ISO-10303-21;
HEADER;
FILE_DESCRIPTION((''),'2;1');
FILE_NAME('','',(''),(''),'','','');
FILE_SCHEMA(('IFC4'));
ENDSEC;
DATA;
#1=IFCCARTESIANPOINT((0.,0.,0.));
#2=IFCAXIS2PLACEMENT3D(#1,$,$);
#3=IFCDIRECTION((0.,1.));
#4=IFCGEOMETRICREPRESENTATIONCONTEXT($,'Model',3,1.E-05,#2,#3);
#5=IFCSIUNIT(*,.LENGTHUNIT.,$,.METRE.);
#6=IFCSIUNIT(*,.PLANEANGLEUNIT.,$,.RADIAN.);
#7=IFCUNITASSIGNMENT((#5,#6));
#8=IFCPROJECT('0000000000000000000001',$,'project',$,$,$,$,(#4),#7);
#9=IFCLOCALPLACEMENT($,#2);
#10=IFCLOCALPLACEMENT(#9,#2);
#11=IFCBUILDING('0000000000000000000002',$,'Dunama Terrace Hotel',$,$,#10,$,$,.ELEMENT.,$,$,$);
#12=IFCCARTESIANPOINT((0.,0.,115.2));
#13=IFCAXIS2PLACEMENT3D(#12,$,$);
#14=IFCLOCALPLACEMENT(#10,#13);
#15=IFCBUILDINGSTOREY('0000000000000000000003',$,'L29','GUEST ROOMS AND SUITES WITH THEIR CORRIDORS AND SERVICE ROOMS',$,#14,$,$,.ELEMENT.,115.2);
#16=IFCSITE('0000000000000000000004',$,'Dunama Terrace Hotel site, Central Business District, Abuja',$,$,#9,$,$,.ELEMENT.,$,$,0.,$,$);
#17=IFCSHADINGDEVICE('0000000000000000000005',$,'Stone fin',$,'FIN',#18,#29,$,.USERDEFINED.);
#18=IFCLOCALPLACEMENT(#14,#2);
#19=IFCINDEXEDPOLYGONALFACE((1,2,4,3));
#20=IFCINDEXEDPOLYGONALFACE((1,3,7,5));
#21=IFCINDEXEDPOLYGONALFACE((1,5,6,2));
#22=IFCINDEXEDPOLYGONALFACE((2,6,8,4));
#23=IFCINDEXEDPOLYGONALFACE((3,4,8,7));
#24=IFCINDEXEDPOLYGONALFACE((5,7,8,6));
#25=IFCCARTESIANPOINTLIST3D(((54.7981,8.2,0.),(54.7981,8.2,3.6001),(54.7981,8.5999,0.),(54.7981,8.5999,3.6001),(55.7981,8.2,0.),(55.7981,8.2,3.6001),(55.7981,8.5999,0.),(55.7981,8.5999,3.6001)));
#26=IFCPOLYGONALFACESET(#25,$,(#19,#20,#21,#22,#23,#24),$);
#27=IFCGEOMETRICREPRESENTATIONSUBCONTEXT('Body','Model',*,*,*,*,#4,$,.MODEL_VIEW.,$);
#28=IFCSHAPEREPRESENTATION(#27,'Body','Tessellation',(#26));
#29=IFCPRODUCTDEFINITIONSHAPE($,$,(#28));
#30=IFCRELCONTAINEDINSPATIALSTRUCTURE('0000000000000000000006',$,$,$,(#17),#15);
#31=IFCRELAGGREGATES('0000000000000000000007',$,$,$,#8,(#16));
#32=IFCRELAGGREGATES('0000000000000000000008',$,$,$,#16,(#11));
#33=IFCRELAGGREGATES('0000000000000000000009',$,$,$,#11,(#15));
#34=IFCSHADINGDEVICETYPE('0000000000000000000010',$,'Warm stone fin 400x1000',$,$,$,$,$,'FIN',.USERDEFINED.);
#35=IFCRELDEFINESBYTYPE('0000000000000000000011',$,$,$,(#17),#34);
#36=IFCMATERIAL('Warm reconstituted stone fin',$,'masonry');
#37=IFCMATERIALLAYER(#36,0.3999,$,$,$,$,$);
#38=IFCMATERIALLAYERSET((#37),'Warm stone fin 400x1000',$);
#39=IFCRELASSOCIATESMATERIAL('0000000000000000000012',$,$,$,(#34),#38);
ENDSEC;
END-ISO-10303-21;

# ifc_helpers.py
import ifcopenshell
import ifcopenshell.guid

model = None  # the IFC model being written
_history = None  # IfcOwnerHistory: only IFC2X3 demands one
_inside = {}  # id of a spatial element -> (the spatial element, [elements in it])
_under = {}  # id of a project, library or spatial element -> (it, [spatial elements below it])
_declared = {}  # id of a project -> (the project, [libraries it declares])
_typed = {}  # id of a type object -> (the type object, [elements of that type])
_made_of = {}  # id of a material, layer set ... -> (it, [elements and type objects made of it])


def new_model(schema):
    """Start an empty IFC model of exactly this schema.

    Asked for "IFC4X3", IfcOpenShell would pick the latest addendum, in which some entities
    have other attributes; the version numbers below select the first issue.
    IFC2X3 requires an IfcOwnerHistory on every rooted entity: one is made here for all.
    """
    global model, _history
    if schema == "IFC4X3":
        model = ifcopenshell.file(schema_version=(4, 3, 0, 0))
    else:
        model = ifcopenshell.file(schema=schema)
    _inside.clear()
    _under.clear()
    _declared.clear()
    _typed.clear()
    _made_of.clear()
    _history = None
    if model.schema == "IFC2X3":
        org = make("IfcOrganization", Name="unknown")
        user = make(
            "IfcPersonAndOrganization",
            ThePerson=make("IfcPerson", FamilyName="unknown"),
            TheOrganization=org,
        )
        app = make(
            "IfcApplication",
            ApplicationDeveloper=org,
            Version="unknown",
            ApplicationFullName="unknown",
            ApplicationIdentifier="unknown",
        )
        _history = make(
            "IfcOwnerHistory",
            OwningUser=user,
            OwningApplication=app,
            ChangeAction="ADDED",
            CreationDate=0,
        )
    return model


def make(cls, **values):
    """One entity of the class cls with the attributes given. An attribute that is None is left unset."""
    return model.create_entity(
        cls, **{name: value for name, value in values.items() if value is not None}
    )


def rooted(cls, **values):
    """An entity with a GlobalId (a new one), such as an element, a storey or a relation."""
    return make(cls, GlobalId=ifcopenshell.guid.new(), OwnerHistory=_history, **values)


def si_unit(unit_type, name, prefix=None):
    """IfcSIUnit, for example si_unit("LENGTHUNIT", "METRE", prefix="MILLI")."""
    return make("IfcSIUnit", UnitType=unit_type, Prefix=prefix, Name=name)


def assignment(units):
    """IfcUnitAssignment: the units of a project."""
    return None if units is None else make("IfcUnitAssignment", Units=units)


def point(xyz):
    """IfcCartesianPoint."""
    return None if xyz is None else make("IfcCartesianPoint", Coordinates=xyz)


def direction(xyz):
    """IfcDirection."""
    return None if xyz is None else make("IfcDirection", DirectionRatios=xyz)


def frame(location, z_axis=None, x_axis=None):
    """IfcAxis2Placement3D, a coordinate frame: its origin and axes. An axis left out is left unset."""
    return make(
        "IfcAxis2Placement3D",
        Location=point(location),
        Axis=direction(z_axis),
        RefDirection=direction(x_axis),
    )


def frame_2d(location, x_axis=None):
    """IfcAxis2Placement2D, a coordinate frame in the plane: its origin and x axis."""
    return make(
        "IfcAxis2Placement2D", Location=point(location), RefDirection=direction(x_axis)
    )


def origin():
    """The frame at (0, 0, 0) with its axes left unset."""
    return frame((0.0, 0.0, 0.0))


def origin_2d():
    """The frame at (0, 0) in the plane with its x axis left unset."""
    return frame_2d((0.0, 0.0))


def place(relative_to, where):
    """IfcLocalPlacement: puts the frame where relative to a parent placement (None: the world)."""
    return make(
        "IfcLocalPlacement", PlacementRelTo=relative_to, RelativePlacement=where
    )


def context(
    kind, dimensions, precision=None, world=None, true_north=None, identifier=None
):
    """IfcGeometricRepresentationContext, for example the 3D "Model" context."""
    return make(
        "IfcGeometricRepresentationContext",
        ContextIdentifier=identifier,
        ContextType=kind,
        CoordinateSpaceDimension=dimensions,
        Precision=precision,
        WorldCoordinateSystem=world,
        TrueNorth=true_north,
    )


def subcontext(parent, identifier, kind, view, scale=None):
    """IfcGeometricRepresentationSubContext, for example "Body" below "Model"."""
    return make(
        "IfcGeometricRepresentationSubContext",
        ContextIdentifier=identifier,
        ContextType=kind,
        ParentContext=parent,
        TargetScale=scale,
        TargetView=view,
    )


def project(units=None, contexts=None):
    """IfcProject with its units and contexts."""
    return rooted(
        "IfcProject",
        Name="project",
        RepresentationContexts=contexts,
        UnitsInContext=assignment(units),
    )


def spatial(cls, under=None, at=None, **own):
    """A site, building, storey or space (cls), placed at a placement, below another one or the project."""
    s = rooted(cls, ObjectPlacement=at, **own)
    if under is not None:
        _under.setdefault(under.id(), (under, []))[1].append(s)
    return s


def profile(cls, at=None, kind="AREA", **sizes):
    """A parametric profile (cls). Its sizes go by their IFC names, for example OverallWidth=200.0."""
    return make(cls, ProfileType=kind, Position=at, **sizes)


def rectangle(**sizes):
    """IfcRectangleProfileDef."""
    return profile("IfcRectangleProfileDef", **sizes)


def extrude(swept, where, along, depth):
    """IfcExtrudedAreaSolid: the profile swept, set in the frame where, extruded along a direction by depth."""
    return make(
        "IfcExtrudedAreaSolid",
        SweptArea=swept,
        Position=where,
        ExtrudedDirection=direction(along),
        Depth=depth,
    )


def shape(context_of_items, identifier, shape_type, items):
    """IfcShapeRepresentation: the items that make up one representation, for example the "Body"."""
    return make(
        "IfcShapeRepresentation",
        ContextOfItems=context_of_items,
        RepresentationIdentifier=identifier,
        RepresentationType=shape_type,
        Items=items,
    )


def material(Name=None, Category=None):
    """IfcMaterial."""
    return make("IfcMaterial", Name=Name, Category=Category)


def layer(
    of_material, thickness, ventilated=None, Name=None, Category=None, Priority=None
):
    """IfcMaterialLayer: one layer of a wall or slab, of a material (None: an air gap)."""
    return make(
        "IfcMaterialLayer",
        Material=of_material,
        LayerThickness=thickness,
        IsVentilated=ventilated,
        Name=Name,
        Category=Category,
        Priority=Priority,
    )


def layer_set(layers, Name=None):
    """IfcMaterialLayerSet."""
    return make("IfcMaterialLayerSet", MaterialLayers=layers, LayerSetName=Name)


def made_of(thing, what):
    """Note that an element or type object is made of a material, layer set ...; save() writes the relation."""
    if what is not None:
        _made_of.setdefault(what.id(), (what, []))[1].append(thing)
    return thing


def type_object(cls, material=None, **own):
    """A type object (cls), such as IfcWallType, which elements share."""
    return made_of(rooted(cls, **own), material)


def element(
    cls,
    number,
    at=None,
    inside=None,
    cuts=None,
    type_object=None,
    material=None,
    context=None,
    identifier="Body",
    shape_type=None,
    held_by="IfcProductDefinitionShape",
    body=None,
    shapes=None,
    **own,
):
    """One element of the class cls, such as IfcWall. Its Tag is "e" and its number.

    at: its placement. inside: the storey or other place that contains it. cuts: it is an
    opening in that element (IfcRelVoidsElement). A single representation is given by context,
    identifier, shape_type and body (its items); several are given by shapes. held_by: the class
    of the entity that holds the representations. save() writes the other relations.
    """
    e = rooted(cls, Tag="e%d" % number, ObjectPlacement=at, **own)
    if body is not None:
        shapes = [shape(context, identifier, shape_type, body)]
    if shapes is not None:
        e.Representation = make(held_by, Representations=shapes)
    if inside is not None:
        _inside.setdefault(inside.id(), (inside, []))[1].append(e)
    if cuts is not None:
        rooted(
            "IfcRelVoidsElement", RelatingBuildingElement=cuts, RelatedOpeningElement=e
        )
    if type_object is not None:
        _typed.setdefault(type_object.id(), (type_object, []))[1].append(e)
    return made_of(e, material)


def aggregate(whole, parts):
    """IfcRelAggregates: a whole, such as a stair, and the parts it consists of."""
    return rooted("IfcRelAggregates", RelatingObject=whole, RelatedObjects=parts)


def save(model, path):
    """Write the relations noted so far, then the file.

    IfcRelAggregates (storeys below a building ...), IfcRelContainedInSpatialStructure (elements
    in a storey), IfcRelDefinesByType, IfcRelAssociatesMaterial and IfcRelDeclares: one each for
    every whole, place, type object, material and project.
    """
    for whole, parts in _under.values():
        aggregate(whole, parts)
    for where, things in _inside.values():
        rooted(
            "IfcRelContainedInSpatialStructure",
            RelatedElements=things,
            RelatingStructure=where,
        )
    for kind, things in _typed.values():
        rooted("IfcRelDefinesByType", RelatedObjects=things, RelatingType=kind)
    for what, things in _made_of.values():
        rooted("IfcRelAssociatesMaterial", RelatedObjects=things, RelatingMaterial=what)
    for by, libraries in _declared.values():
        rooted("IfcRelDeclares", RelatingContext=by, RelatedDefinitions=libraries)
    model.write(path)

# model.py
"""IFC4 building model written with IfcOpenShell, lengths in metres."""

from ifc_helpers import new_model, si_unit, direction, frame, origin, origin_2d, place, context, subcontext, project, spatial, rectangle, extrude, material, layer, layer_set, type_object, element, save


model = new_model("IFC4")

# Units and contexts
model_context = context("Model", 3, precision=1e-05, world=origin(), true_north=direction((0.0, 1.0)))
body_context = subcontext(model_context, "Body", "Model", "MODEL_VIEW")
ifc_project = project(units=[si_unit("LENGTHUNIT", "METRE"), si_unit("PLANEANGLEUNIT", "RADIAN")], contexts=[model_context])

# Site, building, storey
site_placement = place(None, origin())
site = spatial("IfcSite", under=ifc_project, at=site_placement, Name="Dunama Terrace Hotel site, Central Business District, Abuja", CompositionType="ELEMENT", RefElevation=0.0)
building_placement = place(site_placement, origin())
building = spatial("IfcBuilding", under=site, at=building_placement, Name="Dunama Terrace Hotel", CompositionType="ELEMENT")
storey_placement = place(building_placement, frame((0.0, 0.0, 115.2)))
storey = spatial("IfcBuildingStorey", under=building, at=storey_placement, Name="L29", Description="GUEST ROOMS AND SUITES WITH THEIR CORRIDORS AND SERVICE ROOMS", CompositionType="ELEMENT", Elevation=115.2)

# Shading device
ifc_material_1 = material(Name="Warm reconstituted stone fin", Category="masonry")
ifc_layer_1 = layer(ifc_material_1, 0.3999)
ifc_layer_set_1 = layer_set([ifc_layer_1], Name="Warm stone fin 400x1000")
shading_device_type = type_object("IfcShadingDeviceType", Name="Warm stone fin 400x1000", ElementType="FIN", PredefinedType="USERDEFINED", material=ifc_layer_set_1)
shading_device_placement = place(storey_placement, frame((55.2981, 8.3999, 0.0), z_axis=(0.0, 0.0, 1.0), x_axis=(0.0, 1.0, 0.0)))
element("IfcShadingDevice", 1, at=shading_device_placement, inside=storey, type_object=shading_device_type, Name="Stone fin", ObjectType="FIN", PredefinedType="USERDEFINED", context=body_context, shape_type="SweptSolid", body=[
    extrude(rectangle(XDim=0.3999, YDim=1.0, at=origin_2d()), origin(), (0.0, 0.0, 1.0), 3.6001),
])

save(model, "model.ifc")
